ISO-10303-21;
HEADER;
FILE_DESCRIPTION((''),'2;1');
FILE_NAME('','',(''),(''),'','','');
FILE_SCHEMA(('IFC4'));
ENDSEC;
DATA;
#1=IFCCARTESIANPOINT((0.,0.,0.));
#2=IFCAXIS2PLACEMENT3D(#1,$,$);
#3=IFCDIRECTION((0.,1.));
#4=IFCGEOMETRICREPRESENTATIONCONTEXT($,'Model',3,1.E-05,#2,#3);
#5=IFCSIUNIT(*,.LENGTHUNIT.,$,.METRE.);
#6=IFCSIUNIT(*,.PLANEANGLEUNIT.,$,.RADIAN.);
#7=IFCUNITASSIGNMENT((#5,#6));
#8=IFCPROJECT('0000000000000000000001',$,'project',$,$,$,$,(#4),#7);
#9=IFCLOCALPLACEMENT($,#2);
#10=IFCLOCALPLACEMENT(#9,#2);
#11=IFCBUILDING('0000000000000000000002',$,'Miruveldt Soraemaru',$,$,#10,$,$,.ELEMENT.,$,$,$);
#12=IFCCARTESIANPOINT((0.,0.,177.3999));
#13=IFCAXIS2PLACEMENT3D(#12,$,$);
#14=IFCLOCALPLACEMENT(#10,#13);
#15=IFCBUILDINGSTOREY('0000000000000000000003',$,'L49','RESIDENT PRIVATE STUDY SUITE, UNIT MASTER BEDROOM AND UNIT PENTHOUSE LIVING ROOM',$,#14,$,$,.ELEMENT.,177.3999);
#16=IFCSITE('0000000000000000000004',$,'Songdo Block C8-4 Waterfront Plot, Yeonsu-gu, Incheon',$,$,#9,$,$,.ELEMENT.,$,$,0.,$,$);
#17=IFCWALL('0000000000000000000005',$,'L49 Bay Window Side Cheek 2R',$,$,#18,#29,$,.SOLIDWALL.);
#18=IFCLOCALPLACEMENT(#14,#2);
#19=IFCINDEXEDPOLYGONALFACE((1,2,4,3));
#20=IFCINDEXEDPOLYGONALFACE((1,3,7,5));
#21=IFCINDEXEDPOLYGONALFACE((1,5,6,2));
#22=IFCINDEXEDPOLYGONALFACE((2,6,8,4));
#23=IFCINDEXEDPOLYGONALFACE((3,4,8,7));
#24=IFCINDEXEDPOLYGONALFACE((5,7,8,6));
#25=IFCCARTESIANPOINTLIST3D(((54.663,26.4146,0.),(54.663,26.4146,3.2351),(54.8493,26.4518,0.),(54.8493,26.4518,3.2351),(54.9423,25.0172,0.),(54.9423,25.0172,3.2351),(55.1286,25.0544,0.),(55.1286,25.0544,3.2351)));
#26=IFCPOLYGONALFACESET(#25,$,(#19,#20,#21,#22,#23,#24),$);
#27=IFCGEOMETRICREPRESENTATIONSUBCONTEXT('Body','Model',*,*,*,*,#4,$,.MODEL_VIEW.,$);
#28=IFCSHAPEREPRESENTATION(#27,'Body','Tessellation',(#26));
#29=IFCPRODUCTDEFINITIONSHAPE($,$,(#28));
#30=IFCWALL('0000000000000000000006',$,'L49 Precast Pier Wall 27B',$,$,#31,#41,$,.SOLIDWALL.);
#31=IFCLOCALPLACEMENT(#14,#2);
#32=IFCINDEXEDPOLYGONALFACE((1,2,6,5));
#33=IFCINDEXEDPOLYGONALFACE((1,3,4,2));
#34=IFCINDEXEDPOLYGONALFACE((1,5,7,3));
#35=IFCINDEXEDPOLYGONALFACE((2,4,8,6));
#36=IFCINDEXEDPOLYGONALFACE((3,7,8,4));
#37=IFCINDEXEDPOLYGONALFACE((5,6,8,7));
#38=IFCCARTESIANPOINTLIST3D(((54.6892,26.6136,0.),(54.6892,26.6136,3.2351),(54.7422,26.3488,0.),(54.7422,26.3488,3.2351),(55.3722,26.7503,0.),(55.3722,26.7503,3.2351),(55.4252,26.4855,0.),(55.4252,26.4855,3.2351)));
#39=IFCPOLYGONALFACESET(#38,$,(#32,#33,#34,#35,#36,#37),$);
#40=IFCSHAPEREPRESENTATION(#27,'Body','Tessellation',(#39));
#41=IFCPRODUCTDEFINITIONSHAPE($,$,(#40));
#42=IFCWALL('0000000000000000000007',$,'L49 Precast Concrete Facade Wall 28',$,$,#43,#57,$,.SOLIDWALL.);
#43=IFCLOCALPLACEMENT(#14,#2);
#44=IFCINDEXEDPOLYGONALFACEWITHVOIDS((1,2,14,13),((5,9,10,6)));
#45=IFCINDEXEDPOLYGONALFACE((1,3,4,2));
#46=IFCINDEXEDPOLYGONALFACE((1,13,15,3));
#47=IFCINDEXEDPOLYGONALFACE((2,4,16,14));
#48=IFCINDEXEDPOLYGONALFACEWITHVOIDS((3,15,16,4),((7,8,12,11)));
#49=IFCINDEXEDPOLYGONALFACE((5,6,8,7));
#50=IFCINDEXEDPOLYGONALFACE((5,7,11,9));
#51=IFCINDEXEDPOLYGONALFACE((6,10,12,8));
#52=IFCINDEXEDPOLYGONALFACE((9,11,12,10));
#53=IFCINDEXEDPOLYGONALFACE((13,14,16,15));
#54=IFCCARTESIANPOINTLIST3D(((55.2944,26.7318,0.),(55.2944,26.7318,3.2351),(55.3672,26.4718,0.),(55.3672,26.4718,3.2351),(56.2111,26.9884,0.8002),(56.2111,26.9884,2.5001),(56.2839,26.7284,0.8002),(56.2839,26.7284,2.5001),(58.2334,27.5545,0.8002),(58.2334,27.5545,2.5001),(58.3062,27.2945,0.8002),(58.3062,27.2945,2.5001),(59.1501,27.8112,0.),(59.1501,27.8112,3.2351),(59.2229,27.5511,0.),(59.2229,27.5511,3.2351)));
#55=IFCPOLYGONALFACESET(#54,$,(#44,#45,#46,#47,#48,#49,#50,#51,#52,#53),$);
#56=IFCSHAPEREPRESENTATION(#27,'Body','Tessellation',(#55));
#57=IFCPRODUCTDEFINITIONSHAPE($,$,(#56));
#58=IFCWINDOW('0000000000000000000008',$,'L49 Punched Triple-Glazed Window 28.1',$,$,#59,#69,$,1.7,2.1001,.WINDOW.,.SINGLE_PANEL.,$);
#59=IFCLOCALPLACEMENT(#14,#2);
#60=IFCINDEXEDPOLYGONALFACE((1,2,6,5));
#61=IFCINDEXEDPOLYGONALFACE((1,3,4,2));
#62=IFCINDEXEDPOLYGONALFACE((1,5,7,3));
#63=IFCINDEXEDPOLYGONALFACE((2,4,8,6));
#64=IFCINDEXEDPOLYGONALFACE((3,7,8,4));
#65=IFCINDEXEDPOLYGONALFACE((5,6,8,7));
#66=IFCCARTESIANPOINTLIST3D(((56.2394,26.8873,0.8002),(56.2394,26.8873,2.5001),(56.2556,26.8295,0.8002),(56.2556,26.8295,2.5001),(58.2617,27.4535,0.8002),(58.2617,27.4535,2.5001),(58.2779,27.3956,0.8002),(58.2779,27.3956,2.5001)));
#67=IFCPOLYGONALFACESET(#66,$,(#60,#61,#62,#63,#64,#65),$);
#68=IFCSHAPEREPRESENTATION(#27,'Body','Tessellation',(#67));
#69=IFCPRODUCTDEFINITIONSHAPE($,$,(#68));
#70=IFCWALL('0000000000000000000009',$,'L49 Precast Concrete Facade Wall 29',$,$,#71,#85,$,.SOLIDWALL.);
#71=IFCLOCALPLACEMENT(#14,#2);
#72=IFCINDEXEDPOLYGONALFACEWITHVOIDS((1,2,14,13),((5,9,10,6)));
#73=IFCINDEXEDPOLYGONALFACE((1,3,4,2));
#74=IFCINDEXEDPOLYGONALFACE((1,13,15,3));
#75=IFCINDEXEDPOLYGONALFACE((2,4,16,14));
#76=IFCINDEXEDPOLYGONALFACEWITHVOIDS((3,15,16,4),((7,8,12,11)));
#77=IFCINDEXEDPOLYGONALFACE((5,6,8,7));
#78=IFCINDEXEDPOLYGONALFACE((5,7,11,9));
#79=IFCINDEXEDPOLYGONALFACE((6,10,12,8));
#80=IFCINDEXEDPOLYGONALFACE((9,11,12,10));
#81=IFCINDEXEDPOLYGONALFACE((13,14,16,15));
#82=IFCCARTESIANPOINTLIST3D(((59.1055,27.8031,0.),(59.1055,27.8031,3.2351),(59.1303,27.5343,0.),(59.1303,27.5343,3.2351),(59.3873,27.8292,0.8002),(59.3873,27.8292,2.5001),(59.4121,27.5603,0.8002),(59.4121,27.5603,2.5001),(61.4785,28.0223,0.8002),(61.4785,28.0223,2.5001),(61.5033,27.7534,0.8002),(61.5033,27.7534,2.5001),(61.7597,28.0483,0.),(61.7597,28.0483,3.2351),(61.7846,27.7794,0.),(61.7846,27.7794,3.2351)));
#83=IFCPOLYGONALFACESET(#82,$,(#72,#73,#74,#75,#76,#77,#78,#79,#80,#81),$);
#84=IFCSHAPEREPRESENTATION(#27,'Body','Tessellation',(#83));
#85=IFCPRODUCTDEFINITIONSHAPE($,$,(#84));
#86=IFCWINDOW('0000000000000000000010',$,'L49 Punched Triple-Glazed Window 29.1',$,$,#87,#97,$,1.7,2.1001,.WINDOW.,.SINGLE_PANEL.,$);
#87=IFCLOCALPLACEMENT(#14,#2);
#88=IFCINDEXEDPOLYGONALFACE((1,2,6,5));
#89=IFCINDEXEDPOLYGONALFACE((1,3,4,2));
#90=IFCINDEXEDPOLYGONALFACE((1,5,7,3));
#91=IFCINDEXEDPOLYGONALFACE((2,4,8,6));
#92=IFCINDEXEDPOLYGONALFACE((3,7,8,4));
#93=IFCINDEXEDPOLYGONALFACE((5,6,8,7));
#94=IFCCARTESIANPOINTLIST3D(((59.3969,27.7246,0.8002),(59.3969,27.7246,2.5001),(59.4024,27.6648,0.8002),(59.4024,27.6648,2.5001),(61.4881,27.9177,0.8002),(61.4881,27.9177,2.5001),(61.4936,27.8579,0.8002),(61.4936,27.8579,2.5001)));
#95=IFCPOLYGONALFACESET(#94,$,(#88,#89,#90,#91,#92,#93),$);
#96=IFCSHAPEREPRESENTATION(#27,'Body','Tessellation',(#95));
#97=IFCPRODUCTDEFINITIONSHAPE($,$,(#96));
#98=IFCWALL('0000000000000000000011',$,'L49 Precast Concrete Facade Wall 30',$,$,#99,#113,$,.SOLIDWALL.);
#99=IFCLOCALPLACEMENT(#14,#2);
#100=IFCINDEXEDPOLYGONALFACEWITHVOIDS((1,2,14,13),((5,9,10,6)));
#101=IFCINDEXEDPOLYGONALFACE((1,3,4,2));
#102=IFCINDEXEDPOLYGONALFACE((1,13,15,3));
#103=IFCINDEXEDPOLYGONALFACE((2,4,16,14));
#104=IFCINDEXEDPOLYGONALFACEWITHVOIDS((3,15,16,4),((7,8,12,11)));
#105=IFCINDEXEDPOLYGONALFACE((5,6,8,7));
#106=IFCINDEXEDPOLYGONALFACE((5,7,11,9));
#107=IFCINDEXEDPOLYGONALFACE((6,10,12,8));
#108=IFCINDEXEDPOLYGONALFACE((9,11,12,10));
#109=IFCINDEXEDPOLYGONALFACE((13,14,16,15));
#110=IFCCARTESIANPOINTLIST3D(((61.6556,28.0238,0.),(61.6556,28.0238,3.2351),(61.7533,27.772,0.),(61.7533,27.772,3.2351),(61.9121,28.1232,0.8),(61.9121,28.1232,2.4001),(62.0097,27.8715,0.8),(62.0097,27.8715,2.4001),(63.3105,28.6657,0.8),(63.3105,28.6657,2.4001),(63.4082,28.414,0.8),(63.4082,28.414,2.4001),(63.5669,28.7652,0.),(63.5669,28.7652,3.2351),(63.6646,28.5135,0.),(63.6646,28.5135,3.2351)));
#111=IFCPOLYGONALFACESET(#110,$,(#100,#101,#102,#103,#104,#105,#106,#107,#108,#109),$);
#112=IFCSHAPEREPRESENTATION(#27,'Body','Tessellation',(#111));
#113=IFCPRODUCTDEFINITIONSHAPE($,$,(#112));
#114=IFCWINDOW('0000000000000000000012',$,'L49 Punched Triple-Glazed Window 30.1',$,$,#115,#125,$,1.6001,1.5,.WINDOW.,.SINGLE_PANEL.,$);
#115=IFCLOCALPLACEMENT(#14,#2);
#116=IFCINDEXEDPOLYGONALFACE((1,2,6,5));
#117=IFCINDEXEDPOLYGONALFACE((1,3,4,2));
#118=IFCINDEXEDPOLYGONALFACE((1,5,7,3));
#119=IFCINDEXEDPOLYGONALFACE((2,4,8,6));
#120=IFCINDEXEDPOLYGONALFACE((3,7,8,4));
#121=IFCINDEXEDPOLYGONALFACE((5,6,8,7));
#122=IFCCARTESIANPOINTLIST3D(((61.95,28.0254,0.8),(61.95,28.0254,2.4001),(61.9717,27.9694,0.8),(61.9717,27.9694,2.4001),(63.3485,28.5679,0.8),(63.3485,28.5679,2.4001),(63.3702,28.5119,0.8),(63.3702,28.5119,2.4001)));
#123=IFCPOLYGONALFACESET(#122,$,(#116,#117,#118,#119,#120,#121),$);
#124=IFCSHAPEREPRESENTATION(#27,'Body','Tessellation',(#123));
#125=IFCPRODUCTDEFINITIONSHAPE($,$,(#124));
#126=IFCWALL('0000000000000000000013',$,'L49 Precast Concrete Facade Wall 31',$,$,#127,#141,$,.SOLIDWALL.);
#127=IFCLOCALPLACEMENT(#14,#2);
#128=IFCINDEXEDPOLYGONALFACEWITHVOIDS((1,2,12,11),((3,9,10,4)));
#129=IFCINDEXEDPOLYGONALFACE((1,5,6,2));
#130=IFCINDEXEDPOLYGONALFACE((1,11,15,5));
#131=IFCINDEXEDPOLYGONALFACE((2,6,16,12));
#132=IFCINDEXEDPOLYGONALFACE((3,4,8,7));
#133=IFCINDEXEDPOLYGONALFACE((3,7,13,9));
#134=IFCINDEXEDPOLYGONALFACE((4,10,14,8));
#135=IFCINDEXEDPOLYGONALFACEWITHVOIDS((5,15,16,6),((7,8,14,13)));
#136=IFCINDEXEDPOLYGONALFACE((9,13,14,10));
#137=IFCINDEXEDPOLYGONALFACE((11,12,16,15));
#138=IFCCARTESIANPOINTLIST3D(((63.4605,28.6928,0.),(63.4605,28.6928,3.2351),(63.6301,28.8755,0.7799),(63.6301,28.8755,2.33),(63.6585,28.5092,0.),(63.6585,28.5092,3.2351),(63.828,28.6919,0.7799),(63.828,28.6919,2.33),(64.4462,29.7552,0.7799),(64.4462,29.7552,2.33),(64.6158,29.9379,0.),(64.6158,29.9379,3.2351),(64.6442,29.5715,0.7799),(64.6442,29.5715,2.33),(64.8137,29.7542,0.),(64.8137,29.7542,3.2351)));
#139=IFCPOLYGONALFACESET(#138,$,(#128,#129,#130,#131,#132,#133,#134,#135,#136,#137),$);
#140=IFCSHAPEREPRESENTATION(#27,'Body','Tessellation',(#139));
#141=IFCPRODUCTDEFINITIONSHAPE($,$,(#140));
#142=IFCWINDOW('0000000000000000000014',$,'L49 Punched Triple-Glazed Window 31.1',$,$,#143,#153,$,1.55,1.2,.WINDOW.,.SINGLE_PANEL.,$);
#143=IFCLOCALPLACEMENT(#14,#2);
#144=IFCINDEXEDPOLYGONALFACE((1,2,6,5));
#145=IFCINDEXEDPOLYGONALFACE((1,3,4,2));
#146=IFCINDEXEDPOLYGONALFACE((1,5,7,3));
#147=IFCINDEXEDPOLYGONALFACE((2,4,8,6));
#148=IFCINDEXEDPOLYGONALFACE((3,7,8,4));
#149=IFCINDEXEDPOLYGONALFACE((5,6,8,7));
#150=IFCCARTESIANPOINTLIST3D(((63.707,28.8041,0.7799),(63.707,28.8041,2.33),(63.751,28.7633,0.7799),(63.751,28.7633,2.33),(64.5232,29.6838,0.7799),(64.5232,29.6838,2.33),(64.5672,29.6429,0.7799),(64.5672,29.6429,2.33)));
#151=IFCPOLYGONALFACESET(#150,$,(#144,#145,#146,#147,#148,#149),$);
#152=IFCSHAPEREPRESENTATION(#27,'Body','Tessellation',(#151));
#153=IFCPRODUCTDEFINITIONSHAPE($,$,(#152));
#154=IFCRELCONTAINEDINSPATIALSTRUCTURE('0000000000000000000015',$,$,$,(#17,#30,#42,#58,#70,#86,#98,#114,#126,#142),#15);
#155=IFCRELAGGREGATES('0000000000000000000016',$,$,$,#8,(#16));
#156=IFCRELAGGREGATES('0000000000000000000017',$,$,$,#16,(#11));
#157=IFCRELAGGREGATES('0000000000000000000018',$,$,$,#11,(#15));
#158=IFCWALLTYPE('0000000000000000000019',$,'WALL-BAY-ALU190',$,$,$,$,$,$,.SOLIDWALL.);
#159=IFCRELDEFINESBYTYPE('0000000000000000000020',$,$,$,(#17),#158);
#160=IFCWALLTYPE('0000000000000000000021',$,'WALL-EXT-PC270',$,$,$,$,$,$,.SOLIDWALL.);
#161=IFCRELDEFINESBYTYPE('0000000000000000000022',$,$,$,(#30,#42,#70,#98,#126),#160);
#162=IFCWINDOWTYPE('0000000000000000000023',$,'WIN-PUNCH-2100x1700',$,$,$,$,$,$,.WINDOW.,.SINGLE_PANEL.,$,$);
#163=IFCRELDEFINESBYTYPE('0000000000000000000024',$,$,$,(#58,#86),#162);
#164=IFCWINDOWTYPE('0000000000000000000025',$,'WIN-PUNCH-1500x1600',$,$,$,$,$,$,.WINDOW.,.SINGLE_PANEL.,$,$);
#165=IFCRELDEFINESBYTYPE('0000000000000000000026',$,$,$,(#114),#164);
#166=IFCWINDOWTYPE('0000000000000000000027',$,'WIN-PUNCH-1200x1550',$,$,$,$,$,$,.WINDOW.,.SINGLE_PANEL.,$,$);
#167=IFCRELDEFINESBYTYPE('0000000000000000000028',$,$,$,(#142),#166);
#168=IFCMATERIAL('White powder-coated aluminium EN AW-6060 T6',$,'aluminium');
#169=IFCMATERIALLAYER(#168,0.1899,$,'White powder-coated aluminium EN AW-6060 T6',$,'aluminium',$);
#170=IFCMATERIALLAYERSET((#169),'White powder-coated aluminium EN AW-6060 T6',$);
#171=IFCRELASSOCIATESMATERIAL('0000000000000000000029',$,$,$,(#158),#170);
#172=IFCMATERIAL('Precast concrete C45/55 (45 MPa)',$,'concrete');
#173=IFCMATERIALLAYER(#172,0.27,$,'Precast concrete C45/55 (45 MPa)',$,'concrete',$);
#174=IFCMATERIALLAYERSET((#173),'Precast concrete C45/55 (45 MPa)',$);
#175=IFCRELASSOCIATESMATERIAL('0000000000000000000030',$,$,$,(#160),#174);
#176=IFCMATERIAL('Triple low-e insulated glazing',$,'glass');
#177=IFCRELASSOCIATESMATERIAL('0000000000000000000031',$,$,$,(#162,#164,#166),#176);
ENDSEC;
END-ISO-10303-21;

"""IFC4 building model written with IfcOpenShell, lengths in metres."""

from ifc_helpers import new_model, si_unit, direction, frame, frame_2d, origin, place, context, subcontext, project, spatial, rectangle, extrude, material, layer, layer_set, type_object, element, fill, save


model = new_model("IFC4")

# Units and contexts
model_context = context("Model", 3, precision=1e-05, world=origin(), true_north=direction((0.0, 1.0)))
body_context = subcontext(model_context, "Body", "Model", "MODEL_VIEW")
ifc_project = project(units=[si_unit("LENGTHUNIT", "METRE"), si_unit("PLANEANGLEUNIT", "RADIAN")], contexts=[model_context])

# Site, building, storey
site_placement = place(None, origin())
site = spatial("IfcSite", under=ifc_project, at=site_placement, Name="Songdo Block C8-4 Waterfront Plot, Yeonsu-gu, Incheon", CompositionType="ELEMENT", RefElevation=0.0)
building_placement = place(site_placement, origin())
building = spatial("IfcBuilding", under=site, at=building_placement, Name="Miruveldt Soraemaru", CompositionType="ELEMENT")
storey_placement = place(building_placement, frame((0.0, 0.0, 177.3999)))
storey = spatial("IfcBuildingStorey", under=building, at=storey_placement, Name="L49", Description="RESIDENT PRIVATE STUDY SUITE, UNIT MASTER BEDROOM AND UNIT PENTHOUSE LIVING ROOM", CompositionType="ELEMENT", Elevation=177.3999)

# Walls
ifc_material_1 = material(Name="White powder-coated aluminium EN AW-6060 T6", Category="aluminium")
ifc_layer_1 = layer(ifc_material_1, 0.1899, Name="White powder-coated aluminium EN AW-6060 T6", Category="aluminium")
ifc_layer_set_1 = layer_set([ifc_layer_1], Name="White powder-coated aluminium EN AW-6060 T6")
wall_type_1 = type_object("IfcWallType", Name="WALL-BAY-ALU190", PredefinedType="SOLIDWALL", material=ifc_layer_set_1)
wall_1_placement = place(storey_placement, frame((55.0354, 25.0359, 0.0), z_axis=(0.0, 0.0, 1.0), x_axis=(-0.195984, 0.980607, 0.0)))
element("IfcWall", 1, at=wall_1_placement, inside=storey, type_object=wall_type_1, Name="L49 Bay Window Side Cheek 2R", PredefinedType="SOLIDWALL", context=body_context, shape_type="SweptSolid", body=[
    extrude(rectangle(XDim=1.425, YDim=0.1899, at=frame_2d((0.7124, 0.0))), origin(), (0.0, 0.0, 1.0), 3.2351),
])
ifc_material_2 = material(Name="Precast concrete C45/55 (45 MPa)", Category="concrete")
ifc_layer_2 = layer(ifc_material_2, 0.27, Name="Precast concrete C45/55 (45 MPa)", Category="concrete")
ifc_layer_set_2 = layer_set([ifc_layer_2], Name="Precast concrete C45/55 (45 MPa)")
wall_type_2 = type_object("IfcWallType", Name="WALL-EXT-PC270", PredefinedType="SOLIDWALL", material=ifc_layer_set_2)
wall_2_placement = place(storey_placement, frame((54.7158, 26.4812, 0.0), z_axis=(0.0, 0.0, 1.0), x_axis=(0.980554, 0.196251, 0.0)))
element("IfcWall", 2, at=wall_2_placement, inside=storey, type_object=wall_type_2, Name="L49 Precast Pier Wall 27B", PredefinedType="SOLIDWALL", context=body_context, shape_type="SweptSolid", body=[
    extrude(rectangle(XDim=0.6965, YDim=0.27, at=frame_2d((0.3481, 0.0))), origin(), (0.0, 0.0, 1.0), 3.2351),
])

# Walls, openings, windows
wall_3_placement = place(storey_placement, frame((55.3308, 26.6018, 0.0), z_axis=(0.0, 0.0, 1.0), x_axis=(0.96298, 0.269571, 0.0)))
wall_3 = element("IfcWall", 3, at=wall_3_placement, inside=storey, type_object=wall_type_2, Name="L49 Precast Concrete Facade Wall 28", PredefinedType="SOLIDWALL", context=body_context, shape_type="SweptSolid", body=[
    extrude(rectangle(XDim=4.0039, YDim=0.27, at=frame_2d((2.002, 0.0))), origin(), (0.0, 0.0, 1.0), 3.2351),
])
opening_1_placement = place(wall_3_placement, frame((0.9519, 0.0, 0.8)))
opening_1 = element("IfcOpeningElement", 4, at=opening_1_placement, cuts=wall_3, PredefinedType="OPENING", context=body_context, shape_type="SweptSolid", body=[
    extrude(rectangle(XDim=2.1001, YDim=1.7, at=frame_2d((1.05, 0.8501))), frame((0.0, 0.145, 0.0), z_axis=(0.0, -1.0, 0.0), x_axis=(1.0, 0.0, 0.0)), (0.0, 0.0, 1.0), 0.29),
])
ifc_material_3 = material(Name="Triple low-e insulated glazing", Category="glass")
window_type_1 = type_object("IfcWindowType", Name="WIN-PUNCH-2100x1700", PartitioningType="SINGLE_PANEL", PredefinedType="WINDOW", material=ifc_material_3)
window_1_placement = place(opening_1_placement, origin())
window_1 = element("IfcWindow", 5, at=window_1_placement, inside=storey, type_object=window_type_1, Name="L49 Punched Triple-Glazed Window 28.1", OverallHeight=1.7, OverallWidth=2.1001, PartitioningType="SINGLE_PANEL", PredefinedType="WINDOW", context=body_context, shape_type="SweptSolid", body=[
    extrude(rectangle(XDim=2.1001, YDim=1.7, at=frame_2d((1.05, 0.8501))), frame((0.0, 0.03, 0.0), z_axis=(0.0, -1.0, 0.0), x_axis=(1.0, 0.0, 0.0)), (0.0, 0.0, 1.0), 0.0601),
])
fill(opening_1, window_1)
wall_4_placement = place(storey_placement, frame((59.1179, 27.6687, 0.0), z_axis=(0.0, 0.0, 1.0), x_axis=(0.995763, 0.091956, 0.0)))
wall_4 = element("IfcWall", 6, at=wall_4_placement, inside=storey, type_object=wall_type_2, Name="L49 Precast Concrete Facade Wall 29", PredefinedType="SOLIDWALL", context=body_context, shape_type="SweptSolid", body=[
    extrude(rectangle(XDim=2.6655, YDim=0.27, at=frame_2d((1.3328, 0.0))), origin(), (0.0, 0.0, 1.0), 3.2351),
])
opening_2_placement = place(wall_4_placement, frame((0.283, 0.0, 0.8)))
opening_2 = element("IfcOpeningElement", 7, at=opening_2_placement, cuts=wall_4, PredefinedType="OPENING", context=body_context, shape_type="SweptSolid", body=[
    extrude(rectangle(XDim=2.1001, YDim=1.7, at=frame_2d((1.05, 0.8501))), frame((0.0, 0.145, 0.0), z_axis=(0.0, -1.0, 0.0), x_axis=(1.0, 0.0, 0.0)), (0.0, 0.0, 1.0), 0.29),
])
window_2_placement = place(opening_2_placement, origin())
window_2 = element("IfcWindow", 8, at=window_2_placement, inside=storey, type_object=window_type_1, Name="L49 Punched Triple-Glazed Window 29.1", OverallHeight=1.7, OverallWidth=2.1001, PartitioningType="SINGLE_PANEL", PredefinedType="WINDOW", context=body_context, shape_type="SweptSolid", body=[
    extrude(rectangle(XDim=2.1001, YDim=1.7, at=frame_2d((1.05, 0.8501))), frame((0.0, 0.03, 0.0), z_axis=(0.0, -1.0, 0.0), x_axis=(1.0, 0.0, 0.0)), (0.0, 0.0, 1.0), 0.0601),
])
fill(opening_2, window_2)
wall_5_placement = place(storey_placement, frame((61.7046, 27.8979, 0.0), z_axis=(0.0, 0.0, 1.0), x_axis=(0.932311, 0.361659, 0.0)))
wall_5 = element("IfcWall", 9, at=wall_5_placement, inside=storey, type_object=wall_type_2, Name="L49 Precast Concrete Facade Wall 30", PredefinedType="SOLIDWALL", context=body_context, shape_type="SweptSolid", body=[
    extrude(rectangle(XDim=2.05, YDim=0.27, at=frame_2d((1.0249, 0.0))), origin(), (0.0, 0.0, 1.0), 3.2351),
])
opening_3_placement = place(wall_5_placement, frame((0.2749, 0.0, 0.8)))
opening_3 = element("IfcOpeningElement", 10, at=opening_3_placement, cuts=wall_5, PredefinedType="OPENING", context=body_context, shape_type="SweptSolid", body=[
    extrude(rectangle(XDim=1.5, YDim=1.6001, at=frame_2d((0.75, 0.8))), frame((0.0, 0.145, 0.0), z_axis=(0.0, -1.0, 0.0), x_axis=(1.0, 0.0, 0.0)), (0.0, 0.0, 1.0), 0.29),
])
window_type_2 = type_object("IfcWindowType", Name="WIN-PUNCH-1500x1600", PartitioningType="SINGLE_PANEL", PredefinedType="WINDOW", material=ifc_material_3)
window_3_placement = place(opening_3_placement, origin())
window_3 = element("IfcWindow", 11, at=window_3_placement, inside=storey, type_object=window_type_2, Name="L49 Punched Triple-Glazed Window 30.1", OverallHeight=1.6001, OverallWidth=1.5, PartitioningType="SINGLE_PANEL", PredefinedType="WINDOW", context=body_context, shape_type="SweptSolid", body=[
    extrude(rectangle(XDim=1.5, YDim=1.6001, at=frame_2d((0.75, 0.8))), frame((0.0, 0.03, 0.0), z_axis=(0.0, -1.0, 0.0), x_axis=(1.0, 0.0, 0.0)), (0.0, 0.0, 1.0), 0.0601),
])
fill(opening_3, window_3)
wall_6_placement = place(storey_placement, frame((63.5596, 28.6011, 0.0), z_axis=(0.0, 0.0, 1.0), x_axis=(0.680164, 0.73306, 0.0)))
wall_6 = element("IfcWall", 12, at=wall_6_placement, inside=storey, type_object=wall_type_2, Name="L49 Precast Concrete Facade Wall 31", PredefinedType="SOLIDWALL", context=body_context, shape_type="SweptSolid", body=[
    extrude(rectangle(XDim=1.6985, YDim=0.27, at=frame_2d((0.8491, 0.0))), origin(), (0.0, 0.0, 1.0), 3.2351),
])
opening_4_placement = place(wall_6_placement, frame((0.249, 0.0, 0.78)))
opening_4 = element("IfcOpeningElement", 13, at=opening_4_placement, cuts=wall_6, PredefinedType="OPENING", context=body_context, shape_type="SweptSolid", body=[
    extrude(rectangle(XDim=1.2, YDim=1.55, at=frame_2d((0.6001, 0.7749))), frame((0.0, 0.145, 0.0), z_axis=(0.0, -1.0, 0.0), x_axis=(1.0, 0.0, 0.0)), (0.0, 0.0, 1.0), 0.29),
])
window_type_3 = type_object("IfcWindowType", Name="WIN-PUNCH-1200x1550", PartitioningType="SINGLE_PANEL", PredefinedType="WINDOW", material=ifc_material_3)
window_4_placement = place(opening_4_placement, origin())
window_4 = element("IfcWindow", 14, at=window_4_placement, inside=storey, type_object=window_type_3, Name="L49 Punched Triple-Glazed Window 31.1", OverallHeight=1.55, OverallWidth=1.2, PartitioningType="SINGLE_PANEL", PredefinedType="WINDOW", context=body_context, shape_type="SweptSolid", body=[
    extrude(rectangle(XDim=1.2, YDim=1.55, at=frame_2d((0.6001, 0.7749))), frame((0.0, 0.03, 0.0), z_axis=(0.0, -1.0, 0.0), x_axis=(1.0, 0.0, 0.0)), (0.0, 0.0, 1.0), 0.0601),
])
fill(opening_4, window_4)

save(model, "model.ifc")
